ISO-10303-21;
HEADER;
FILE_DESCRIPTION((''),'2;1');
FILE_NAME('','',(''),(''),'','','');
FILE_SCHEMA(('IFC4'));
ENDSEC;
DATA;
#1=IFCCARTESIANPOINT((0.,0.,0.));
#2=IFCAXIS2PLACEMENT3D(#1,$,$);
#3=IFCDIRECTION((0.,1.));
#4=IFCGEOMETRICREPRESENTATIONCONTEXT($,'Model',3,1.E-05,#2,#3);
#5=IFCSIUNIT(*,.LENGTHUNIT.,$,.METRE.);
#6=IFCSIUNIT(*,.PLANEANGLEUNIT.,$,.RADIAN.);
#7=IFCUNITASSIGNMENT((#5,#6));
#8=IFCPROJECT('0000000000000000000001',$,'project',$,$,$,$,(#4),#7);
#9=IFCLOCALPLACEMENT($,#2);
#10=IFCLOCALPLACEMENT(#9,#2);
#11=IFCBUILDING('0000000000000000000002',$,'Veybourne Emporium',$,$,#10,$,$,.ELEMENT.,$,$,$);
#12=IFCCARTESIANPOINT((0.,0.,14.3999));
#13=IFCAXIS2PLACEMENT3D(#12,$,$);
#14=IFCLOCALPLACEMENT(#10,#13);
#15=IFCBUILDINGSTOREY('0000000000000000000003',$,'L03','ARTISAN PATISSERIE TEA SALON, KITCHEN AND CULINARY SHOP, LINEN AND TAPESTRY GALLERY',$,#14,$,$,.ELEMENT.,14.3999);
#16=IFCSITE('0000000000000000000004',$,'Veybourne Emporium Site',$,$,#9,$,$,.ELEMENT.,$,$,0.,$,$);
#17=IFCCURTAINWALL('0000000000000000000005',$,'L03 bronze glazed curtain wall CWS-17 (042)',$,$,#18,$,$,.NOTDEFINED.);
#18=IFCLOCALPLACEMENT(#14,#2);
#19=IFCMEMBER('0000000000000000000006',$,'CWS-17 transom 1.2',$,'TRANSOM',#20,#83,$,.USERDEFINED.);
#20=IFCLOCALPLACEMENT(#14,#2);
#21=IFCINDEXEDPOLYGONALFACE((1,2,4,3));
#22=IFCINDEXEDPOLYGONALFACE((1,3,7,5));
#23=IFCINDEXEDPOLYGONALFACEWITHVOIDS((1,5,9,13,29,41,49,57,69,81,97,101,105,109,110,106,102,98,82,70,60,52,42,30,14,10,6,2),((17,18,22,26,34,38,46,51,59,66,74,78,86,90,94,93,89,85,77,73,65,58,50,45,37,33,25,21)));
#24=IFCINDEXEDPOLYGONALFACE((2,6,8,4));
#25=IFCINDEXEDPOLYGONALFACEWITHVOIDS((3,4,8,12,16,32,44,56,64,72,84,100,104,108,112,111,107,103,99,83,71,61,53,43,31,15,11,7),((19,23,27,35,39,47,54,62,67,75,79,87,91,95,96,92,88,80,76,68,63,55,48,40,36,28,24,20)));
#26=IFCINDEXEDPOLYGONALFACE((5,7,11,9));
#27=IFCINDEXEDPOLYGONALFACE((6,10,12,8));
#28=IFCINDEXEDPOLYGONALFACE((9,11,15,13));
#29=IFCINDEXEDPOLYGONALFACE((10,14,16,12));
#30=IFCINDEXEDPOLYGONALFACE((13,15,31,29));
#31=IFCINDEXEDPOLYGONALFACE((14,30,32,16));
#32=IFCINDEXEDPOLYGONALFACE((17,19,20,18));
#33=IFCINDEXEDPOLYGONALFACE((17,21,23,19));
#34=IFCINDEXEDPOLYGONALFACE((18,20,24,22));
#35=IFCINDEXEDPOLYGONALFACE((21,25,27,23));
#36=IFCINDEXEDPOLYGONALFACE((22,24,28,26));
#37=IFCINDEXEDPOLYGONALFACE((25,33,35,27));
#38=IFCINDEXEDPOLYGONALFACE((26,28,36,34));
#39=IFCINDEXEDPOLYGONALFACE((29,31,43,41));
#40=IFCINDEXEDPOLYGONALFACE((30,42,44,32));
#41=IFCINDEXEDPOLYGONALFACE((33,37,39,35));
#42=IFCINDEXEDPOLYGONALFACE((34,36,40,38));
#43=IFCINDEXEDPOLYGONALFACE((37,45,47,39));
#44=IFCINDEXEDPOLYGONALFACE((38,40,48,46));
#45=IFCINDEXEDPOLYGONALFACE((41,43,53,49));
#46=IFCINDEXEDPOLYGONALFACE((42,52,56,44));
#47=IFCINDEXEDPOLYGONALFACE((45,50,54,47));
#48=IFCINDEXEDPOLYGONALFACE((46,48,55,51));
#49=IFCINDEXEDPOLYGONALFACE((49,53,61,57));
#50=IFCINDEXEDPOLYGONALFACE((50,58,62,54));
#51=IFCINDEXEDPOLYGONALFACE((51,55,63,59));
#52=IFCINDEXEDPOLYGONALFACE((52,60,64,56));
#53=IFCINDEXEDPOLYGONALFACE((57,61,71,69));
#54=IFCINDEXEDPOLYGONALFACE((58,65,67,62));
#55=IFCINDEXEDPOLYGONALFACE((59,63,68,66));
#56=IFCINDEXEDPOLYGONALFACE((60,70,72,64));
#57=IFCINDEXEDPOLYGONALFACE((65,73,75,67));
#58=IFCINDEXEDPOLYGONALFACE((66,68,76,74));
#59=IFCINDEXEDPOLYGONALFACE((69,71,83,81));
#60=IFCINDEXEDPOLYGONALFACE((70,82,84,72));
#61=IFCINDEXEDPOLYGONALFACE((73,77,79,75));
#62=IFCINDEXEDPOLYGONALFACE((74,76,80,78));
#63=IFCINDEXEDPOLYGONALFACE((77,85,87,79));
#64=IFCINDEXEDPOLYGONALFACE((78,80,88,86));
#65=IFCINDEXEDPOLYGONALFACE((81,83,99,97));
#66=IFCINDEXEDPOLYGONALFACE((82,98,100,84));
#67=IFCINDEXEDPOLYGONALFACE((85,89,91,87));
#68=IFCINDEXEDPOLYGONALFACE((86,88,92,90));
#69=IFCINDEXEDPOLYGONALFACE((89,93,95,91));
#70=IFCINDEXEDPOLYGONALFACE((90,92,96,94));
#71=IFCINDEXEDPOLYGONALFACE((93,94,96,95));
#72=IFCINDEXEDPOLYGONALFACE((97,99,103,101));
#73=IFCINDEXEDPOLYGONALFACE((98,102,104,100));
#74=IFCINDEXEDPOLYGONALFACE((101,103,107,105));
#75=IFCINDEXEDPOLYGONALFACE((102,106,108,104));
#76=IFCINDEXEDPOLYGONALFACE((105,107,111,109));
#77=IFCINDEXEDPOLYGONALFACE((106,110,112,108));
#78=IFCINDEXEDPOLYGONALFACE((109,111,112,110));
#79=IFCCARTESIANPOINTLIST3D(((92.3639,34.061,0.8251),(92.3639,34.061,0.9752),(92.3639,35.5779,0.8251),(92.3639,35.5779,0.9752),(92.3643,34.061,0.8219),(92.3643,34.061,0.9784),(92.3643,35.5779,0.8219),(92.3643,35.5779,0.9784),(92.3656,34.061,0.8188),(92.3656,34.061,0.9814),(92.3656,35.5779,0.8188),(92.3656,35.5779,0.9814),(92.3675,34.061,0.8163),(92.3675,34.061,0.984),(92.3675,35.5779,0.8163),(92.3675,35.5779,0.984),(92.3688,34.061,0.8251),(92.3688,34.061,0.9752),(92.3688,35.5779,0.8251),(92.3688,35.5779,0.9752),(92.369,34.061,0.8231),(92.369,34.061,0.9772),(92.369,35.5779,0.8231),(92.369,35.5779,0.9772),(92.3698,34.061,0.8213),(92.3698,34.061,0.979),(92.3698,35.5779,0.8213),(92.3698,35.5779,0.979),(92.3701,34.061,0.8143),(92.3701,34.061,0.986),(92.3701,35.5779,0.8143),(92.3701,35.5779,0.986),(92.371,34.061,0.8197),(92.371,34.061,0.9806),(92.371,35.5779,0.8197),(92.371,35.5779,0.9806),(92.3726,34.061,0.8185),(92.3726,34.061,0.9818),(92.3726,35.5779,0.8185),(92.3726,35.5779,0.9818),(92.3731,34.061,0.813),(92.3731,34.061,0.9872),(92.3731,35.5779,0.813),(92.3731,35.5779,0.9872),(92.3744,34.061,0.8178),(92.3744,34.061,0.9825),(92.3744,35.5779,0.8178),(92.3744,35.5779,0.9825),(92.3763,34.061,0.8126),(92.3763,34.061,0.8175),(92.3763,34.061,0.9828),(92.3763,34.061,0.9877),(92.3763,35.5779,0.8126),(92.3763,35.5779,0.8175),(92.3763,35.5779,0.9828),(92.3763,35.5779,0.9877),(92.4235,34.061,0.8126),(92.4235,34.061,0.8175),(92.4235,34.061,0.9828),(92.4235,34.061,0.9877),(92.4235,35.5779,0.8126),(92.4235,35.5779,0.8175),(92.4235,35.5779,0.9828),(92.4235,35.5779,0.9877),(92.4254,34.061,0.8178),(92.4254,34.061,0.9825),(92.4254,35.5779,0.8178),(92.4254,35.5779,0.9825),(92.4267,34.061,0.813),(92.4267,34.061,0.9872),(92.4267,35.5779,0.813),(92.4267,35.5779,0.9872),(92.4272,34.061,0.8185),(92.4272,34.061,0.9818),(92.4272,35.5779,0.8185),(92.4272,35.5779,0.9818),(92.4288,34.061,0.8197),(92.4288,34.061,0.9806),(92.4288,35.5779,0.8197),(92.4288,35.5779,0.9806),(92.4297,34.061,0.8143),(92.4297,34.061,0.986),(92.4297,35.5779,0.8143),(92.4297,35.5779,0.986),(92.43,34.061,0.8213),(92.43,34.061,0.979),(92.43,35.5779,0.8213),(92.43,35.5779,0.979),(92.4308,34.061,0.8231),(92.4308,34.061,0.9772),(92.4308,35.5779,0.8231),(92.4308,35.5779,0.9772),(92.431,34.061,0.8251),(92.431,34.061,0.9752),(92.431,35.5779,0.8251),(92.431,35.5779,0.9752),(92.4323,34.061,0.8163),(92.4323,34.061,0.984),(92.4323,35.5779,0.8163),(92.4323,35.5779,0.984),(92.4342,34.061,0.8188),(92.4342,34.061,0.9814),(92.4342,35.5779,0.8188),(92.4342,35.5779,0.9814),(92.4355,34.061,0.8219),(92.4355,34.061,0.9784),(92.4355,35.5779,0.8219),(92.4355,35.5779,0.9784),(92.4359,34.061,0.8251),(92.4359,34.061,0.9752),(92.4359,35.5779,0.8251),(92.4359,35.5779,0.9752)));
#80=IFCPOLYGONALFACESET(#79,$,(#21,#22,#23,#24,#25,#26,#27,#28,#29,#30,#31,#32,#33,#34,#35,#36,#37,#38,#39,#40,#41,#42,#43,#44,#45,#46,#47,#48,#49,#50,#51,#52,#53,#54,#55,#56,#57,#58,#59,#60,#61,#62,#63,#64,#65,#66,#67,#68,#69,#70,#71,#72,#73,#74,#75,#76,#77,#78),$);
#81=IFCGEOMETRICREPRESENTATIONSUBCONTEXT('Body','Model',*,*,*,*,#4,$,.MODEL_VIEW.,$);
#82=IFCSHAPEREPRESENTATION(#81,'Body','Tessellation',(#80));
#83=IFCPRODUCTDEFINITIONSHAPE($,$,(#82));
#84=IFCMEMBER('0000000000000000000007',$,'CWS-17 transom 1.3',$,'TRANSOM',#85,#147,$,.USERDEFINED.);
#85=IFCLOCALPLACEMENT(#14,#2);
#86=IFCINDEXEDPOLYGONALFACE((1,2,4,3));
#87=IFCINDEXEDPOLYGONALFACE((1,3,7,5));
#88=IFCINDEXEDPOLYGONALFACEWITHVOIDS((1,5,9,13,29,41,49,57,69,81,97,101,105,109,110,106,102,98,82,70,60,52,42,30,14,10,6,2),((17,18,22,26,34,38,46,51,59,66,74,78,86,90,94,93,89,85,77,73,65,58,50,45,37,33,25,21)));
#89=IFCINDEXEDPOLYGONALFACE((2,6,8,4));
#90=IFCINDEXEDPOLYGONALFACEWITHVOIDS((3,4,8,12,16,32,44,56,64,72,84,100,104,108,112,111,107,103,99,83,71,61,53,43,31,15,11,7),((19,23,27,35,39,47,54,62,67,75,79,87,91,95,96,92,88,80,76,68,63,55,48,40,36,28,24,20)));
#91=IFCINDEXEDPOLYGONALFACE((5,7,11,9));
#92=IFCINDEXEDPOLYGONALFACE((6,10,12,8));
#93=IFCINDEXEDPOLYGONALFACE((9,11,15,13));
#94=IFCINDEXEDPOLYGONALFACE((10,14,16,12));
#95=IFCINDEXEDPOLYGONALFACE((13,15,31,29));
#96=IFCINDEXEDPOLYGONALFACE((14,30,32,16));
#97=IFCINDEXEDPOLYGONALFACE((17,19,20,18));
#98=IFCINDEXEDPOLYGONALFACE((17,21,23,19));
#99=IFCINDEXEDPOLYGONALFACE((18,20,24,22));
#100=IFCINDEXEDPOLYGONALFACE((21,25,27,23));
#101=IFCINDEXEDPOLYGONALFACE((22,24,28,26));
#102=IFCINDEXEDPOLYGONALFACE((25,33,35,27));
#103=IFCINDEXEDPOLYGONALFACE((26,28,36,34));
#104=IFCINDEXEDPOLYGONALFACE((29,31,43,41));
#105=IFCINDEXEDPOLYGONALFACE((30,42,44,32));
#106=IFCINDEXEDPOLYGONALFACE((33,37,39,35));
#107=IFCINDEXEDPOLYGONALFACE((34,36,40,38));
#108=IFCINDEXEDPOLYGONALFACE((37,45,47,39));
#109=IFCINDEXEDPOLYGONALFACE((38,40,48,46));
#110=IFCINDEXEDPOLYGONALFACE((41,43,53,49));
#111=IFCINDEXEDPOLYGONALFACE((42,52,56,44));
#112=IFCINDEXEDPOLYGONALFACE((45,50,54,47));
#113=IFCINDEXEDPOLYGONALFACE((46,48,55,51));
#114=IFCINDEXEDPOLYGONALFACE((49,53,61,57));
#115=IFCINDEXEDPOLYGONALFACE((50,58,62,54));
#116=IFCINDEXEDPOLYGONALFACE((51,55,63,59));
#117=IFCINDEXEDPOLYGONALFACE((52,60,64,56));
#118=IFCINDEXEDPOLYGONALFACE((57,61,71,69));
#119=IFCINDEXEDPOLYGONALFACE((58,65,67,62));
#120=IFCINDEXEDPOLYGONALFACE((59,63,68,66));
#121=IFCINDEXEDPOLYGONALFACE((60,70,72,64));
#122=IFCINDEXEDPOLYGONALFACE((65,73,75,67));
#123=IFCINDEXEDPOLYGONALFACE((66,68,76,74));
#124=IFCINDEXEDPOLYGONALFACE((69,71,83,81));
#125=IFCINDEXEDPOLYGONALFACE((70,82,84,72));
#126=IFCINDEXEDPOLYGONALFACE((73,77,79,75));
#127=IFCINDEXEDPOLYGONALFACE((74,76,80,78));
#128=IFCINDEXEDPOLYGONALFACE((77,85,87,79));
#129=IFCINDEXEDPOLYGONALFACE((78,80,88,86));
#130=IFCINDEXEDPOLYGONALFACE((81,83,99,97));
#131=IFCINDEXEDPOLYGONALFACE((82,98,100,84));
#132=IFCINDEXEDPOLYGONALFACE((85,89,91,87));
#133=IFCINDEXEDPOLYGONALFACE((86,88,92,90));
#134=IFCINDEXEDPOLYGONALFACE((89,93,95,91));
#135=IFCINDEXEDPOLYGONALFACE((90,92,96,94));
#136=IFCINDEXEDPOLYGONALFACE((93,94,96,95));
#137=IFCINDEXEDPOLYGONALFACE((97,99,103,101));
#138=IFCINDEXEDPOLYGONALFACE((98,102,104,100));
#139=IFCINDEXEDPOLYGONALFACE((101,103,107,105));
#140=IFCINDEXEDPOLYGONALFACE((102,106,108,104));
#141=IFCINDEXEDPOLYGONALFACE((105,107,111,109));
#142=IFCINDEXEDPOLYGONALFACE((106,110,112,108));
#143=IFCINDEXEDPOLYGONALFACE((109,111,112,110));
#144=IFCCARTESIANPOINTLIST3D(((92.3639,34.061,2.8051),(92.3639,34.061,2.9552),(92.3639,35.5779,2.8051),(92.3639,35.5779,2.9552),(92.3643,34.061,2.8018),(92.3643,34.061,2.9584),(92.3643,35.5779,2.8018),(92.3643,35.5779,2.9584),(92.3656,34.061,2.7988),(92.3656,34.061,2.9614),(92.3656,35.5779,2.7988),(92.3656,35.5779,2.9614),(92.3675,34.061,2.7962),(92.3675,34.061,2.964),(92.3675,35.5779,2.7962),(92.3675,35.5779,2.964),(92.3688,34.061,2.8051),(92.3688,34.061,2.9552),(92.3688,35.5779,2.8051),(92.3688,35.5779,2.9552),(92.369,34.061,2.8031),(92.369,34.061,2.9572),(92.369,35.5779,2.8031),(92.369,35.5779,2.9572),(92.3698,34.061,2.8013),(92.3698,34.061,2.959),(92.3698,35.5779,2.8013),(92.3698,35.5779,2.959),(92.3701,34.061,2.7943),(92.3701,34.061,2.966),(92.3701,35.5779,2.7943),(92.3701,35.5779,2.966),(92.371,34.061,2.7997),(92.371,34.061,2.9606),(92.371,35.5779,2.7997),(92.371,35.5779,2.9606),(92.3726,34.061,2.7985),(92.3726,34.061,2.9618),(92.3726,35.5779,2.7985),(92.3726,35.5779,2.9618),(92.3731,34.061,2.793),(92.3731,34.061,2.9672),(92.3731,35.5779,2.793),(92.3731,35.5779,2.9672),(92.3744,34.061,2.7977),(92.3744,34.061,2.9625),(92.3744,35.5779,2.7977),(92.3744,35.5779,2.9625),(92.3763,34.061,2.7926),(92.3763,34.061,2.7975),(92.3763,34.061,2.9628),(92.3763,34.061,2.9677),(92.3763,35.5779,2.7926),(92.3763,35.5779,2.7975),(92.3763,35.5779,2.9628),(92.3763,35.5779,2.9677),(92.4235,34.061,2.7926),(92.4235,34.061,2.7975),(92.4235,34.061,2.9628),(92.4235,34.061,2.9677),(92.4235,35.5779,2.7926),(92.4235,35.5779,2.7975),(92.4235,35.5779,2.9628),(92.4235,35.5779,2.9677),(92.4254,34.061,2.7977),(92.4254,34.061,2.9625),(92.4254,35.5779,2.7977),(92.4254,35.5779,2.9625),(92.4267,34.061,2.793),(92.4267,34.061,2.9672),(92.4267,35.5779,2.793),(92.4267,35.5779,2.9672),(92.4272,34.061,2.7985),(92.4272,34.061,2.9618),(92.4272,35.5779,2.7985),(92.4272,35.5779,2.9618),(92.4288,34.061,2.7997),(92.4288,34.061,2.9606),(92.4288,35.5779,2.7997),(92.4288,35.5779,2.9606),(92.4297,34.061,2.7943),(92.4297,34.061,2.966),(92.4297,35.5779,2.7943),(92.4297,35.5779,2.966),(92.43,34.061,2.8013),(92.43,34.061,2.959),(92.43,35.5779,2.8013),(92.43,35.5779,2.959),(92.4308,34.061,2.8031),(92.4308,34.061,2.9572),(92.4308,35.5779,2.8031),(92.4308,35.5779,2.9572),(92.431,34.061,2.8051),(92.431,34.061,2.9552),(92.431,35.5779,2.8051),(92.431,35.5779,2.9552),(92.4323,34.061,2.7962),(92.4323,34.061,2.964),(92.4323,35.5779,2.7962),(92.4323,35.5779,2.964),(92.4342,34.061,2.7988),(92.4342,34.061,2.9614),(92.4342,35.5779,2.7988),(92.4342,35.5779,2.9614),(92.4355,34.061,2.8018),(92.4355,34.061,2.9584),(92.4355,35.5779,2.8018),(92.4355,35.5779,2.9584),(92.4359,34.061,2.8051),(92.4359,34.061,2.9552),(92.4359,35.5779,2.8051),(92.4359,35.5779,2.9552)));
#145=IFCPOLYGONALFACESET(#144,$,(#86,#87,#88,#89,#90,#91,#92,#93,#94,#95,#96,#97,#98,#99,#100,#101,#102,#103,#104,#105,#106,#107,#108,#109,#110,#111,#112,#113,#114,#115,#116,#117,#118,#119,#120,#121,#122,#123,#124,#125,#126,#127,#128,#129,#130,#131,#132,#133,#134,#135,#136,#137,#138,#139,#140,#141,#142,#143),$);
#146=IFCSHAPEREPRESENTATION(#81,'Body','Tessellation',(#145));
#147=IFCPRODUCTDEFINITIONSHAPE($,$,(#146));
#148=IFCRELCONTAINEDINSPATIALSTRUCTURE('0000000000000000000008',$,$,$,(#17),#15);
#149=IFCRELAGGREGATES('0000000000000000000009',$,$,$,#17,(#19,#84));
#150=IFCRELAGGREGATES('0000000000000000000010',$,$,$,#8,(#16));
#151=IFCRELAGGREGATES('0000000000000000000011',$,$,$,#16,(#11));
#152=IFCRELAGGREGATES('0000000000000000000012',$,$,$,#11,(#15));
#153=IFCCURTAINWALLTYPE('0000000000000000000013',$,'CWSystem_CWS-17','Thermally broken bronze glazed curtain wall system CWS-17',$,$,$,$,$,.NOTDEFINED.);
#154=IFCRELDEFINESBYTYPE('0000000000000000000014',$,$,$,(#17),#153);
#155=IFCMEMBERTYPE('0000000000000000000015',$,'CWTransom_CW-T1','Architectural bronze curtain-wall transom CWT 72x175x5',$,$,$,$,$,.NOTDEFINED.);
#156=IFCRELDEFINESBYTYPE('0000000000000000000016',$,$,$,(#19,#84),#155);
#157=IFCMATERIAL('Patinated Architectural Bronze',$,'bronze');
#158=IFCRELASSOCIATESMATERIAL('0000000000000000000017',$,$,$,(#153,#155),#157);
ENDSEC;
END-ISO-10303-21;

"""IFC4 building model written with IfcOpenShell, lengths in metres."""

from ifc_helpers import new_model, si_unit, direction, frame, origin, origin_2d, place, context, subcontext, project, spatial, hollow_rectangle, extrude, material, material_profile, profile_set, type_object, element, aggregate, save


model = new_model("IFC4")

# Units and contexts
model_context = context("Model", 3, precision=1e-05, world=origin(), true_north=direction((0.0, 1.0)))
body_context = subcontext(model_context, "Body", "Model", "MODEL_VIEW")
ifc_project = project(units=[si_unit("LENGTHUNIT", "METRE"), si_unit("PLANEANGLEUNIT", "RADIAN")], contexts=[model_context])

# Site, building, storey
site_placement = place(None, origin())
site = spatial("IfcSite", under=ifc_project, at=site_placement, Name="Veybourne Emporium Site", CompositionType="ELEMENT", RefElevation=0.0)
building_placement = place(site_placement, origin())
building = spatial("IfcBuilding", under=site, at=building_placement, Name="Veybourne Emporium", CompositionType="ELEMENT")
storey_placement = place(building_placement, frame((0.0, 0.0, 14.3999)))
storey = spatial("IfcBuildingStorey", under=building, at=storey_placement, Name="L03", Description="ARTISAN PATISSERIE TEA SALON, KITCHEN AND CULINARY SHOP, LINEN AND TAPESTRY GALLERY", CompositionType="ELEMENT", Elevation=14.3999)

# Curtain wall, members
ifc_material_1 = material(Name="Patinated Architectural Bronze", Category="bronze")
curtain_wall_type = type_object("IfcCurtainWallType", Name="CWSystem_CWS-17", Description="Thermally broken bronze glazed curtain wall system CWS-17", PredefinedType="NOTDEFINED", material=ifc_material_1)
curtain_wall_placement = place(storey_placement, origin())
curtain_wall = element("IfcCurtainWall", 1, at=curtain_wall_placement, inside=storey, type_object=curtain_wall_type, Name="L03 bronze glazed curtain wall CWS-17 (042)", PredefinedType="NOTDEFINED")
ifc_material_profile_1 = material_profile(ifc_material_1, hollow_rectangle(XDim=0.072, YDim=0.175, WallThickness=0.0049, InnerFilletRadius=0.0076, OuterFilletRadius=0.0125, at=origin_2d()), Name="CWT 72x175x5")
ifc_profile_set_1 = profile_set([ifc_material_profile_1], Name="Patinated Architectural Bronze")
member_type_1 = type_object("IfcMemberType", Name="CWTransom_CW-T1", Description="Architectural bronze curtain-wall transom CWT 72x175x5", PredefinedType="NOTDEFINED", material=ifc_profile_set_1)
member_1_placement = place(storey_placement, frame((92.3999, 35.5779, 0.9001), z_axis=(0.0, -1.0, 0.0), x_axis=(1.0, 0.0, 0.0)))
member_1 = element("IfcMember", 2, at=member_1_placement, type_object=member_type_1, Name="CWS-17 transom 1.2", ObjectType="TRANSOM", PredefinedType="USERDEFINED", context=body_context, shape_type="SweptSolid", body=[
    extrude(hollow_rectangle(XDim=0.072, YDim=0.175, WallThickness=0.0049, InnerFilletRadius=0.0076, OuterFilletRadius=0.0125, at=origin_2d()), origin(), (0.0, 0.0, 1.0), 1.5168),
])
member_2_placement = place(storey_placement, frame((92.3999, 35.5779, 2.8801), z_axis=(0.0, -1.0, 0.0), x_axis=(1.0, 0.0, 0.0)))
member_2 = element("IfcMember", 3, at=member_2_placement, type_object=member_type_1, Name="CWS-17 transom 1.3", ObjectType="TRANSOM", PredefinedType="USERDEFINED", context=body_context, shape_type="SweptSolid", body=[
    extrude(hollow_rectangle(XDim=0.072, YDim=0.175, WallThickness=0.0049, InnerFilletRadius=0.0076, OuterFilletRadius=0.0125, at=origin_2d()), origin(), (0.0, 0.0, 1.0), 1.5168),
])

aggregate(curtain_wall, [member_1, member_2])

save(model, "model.ifc")
